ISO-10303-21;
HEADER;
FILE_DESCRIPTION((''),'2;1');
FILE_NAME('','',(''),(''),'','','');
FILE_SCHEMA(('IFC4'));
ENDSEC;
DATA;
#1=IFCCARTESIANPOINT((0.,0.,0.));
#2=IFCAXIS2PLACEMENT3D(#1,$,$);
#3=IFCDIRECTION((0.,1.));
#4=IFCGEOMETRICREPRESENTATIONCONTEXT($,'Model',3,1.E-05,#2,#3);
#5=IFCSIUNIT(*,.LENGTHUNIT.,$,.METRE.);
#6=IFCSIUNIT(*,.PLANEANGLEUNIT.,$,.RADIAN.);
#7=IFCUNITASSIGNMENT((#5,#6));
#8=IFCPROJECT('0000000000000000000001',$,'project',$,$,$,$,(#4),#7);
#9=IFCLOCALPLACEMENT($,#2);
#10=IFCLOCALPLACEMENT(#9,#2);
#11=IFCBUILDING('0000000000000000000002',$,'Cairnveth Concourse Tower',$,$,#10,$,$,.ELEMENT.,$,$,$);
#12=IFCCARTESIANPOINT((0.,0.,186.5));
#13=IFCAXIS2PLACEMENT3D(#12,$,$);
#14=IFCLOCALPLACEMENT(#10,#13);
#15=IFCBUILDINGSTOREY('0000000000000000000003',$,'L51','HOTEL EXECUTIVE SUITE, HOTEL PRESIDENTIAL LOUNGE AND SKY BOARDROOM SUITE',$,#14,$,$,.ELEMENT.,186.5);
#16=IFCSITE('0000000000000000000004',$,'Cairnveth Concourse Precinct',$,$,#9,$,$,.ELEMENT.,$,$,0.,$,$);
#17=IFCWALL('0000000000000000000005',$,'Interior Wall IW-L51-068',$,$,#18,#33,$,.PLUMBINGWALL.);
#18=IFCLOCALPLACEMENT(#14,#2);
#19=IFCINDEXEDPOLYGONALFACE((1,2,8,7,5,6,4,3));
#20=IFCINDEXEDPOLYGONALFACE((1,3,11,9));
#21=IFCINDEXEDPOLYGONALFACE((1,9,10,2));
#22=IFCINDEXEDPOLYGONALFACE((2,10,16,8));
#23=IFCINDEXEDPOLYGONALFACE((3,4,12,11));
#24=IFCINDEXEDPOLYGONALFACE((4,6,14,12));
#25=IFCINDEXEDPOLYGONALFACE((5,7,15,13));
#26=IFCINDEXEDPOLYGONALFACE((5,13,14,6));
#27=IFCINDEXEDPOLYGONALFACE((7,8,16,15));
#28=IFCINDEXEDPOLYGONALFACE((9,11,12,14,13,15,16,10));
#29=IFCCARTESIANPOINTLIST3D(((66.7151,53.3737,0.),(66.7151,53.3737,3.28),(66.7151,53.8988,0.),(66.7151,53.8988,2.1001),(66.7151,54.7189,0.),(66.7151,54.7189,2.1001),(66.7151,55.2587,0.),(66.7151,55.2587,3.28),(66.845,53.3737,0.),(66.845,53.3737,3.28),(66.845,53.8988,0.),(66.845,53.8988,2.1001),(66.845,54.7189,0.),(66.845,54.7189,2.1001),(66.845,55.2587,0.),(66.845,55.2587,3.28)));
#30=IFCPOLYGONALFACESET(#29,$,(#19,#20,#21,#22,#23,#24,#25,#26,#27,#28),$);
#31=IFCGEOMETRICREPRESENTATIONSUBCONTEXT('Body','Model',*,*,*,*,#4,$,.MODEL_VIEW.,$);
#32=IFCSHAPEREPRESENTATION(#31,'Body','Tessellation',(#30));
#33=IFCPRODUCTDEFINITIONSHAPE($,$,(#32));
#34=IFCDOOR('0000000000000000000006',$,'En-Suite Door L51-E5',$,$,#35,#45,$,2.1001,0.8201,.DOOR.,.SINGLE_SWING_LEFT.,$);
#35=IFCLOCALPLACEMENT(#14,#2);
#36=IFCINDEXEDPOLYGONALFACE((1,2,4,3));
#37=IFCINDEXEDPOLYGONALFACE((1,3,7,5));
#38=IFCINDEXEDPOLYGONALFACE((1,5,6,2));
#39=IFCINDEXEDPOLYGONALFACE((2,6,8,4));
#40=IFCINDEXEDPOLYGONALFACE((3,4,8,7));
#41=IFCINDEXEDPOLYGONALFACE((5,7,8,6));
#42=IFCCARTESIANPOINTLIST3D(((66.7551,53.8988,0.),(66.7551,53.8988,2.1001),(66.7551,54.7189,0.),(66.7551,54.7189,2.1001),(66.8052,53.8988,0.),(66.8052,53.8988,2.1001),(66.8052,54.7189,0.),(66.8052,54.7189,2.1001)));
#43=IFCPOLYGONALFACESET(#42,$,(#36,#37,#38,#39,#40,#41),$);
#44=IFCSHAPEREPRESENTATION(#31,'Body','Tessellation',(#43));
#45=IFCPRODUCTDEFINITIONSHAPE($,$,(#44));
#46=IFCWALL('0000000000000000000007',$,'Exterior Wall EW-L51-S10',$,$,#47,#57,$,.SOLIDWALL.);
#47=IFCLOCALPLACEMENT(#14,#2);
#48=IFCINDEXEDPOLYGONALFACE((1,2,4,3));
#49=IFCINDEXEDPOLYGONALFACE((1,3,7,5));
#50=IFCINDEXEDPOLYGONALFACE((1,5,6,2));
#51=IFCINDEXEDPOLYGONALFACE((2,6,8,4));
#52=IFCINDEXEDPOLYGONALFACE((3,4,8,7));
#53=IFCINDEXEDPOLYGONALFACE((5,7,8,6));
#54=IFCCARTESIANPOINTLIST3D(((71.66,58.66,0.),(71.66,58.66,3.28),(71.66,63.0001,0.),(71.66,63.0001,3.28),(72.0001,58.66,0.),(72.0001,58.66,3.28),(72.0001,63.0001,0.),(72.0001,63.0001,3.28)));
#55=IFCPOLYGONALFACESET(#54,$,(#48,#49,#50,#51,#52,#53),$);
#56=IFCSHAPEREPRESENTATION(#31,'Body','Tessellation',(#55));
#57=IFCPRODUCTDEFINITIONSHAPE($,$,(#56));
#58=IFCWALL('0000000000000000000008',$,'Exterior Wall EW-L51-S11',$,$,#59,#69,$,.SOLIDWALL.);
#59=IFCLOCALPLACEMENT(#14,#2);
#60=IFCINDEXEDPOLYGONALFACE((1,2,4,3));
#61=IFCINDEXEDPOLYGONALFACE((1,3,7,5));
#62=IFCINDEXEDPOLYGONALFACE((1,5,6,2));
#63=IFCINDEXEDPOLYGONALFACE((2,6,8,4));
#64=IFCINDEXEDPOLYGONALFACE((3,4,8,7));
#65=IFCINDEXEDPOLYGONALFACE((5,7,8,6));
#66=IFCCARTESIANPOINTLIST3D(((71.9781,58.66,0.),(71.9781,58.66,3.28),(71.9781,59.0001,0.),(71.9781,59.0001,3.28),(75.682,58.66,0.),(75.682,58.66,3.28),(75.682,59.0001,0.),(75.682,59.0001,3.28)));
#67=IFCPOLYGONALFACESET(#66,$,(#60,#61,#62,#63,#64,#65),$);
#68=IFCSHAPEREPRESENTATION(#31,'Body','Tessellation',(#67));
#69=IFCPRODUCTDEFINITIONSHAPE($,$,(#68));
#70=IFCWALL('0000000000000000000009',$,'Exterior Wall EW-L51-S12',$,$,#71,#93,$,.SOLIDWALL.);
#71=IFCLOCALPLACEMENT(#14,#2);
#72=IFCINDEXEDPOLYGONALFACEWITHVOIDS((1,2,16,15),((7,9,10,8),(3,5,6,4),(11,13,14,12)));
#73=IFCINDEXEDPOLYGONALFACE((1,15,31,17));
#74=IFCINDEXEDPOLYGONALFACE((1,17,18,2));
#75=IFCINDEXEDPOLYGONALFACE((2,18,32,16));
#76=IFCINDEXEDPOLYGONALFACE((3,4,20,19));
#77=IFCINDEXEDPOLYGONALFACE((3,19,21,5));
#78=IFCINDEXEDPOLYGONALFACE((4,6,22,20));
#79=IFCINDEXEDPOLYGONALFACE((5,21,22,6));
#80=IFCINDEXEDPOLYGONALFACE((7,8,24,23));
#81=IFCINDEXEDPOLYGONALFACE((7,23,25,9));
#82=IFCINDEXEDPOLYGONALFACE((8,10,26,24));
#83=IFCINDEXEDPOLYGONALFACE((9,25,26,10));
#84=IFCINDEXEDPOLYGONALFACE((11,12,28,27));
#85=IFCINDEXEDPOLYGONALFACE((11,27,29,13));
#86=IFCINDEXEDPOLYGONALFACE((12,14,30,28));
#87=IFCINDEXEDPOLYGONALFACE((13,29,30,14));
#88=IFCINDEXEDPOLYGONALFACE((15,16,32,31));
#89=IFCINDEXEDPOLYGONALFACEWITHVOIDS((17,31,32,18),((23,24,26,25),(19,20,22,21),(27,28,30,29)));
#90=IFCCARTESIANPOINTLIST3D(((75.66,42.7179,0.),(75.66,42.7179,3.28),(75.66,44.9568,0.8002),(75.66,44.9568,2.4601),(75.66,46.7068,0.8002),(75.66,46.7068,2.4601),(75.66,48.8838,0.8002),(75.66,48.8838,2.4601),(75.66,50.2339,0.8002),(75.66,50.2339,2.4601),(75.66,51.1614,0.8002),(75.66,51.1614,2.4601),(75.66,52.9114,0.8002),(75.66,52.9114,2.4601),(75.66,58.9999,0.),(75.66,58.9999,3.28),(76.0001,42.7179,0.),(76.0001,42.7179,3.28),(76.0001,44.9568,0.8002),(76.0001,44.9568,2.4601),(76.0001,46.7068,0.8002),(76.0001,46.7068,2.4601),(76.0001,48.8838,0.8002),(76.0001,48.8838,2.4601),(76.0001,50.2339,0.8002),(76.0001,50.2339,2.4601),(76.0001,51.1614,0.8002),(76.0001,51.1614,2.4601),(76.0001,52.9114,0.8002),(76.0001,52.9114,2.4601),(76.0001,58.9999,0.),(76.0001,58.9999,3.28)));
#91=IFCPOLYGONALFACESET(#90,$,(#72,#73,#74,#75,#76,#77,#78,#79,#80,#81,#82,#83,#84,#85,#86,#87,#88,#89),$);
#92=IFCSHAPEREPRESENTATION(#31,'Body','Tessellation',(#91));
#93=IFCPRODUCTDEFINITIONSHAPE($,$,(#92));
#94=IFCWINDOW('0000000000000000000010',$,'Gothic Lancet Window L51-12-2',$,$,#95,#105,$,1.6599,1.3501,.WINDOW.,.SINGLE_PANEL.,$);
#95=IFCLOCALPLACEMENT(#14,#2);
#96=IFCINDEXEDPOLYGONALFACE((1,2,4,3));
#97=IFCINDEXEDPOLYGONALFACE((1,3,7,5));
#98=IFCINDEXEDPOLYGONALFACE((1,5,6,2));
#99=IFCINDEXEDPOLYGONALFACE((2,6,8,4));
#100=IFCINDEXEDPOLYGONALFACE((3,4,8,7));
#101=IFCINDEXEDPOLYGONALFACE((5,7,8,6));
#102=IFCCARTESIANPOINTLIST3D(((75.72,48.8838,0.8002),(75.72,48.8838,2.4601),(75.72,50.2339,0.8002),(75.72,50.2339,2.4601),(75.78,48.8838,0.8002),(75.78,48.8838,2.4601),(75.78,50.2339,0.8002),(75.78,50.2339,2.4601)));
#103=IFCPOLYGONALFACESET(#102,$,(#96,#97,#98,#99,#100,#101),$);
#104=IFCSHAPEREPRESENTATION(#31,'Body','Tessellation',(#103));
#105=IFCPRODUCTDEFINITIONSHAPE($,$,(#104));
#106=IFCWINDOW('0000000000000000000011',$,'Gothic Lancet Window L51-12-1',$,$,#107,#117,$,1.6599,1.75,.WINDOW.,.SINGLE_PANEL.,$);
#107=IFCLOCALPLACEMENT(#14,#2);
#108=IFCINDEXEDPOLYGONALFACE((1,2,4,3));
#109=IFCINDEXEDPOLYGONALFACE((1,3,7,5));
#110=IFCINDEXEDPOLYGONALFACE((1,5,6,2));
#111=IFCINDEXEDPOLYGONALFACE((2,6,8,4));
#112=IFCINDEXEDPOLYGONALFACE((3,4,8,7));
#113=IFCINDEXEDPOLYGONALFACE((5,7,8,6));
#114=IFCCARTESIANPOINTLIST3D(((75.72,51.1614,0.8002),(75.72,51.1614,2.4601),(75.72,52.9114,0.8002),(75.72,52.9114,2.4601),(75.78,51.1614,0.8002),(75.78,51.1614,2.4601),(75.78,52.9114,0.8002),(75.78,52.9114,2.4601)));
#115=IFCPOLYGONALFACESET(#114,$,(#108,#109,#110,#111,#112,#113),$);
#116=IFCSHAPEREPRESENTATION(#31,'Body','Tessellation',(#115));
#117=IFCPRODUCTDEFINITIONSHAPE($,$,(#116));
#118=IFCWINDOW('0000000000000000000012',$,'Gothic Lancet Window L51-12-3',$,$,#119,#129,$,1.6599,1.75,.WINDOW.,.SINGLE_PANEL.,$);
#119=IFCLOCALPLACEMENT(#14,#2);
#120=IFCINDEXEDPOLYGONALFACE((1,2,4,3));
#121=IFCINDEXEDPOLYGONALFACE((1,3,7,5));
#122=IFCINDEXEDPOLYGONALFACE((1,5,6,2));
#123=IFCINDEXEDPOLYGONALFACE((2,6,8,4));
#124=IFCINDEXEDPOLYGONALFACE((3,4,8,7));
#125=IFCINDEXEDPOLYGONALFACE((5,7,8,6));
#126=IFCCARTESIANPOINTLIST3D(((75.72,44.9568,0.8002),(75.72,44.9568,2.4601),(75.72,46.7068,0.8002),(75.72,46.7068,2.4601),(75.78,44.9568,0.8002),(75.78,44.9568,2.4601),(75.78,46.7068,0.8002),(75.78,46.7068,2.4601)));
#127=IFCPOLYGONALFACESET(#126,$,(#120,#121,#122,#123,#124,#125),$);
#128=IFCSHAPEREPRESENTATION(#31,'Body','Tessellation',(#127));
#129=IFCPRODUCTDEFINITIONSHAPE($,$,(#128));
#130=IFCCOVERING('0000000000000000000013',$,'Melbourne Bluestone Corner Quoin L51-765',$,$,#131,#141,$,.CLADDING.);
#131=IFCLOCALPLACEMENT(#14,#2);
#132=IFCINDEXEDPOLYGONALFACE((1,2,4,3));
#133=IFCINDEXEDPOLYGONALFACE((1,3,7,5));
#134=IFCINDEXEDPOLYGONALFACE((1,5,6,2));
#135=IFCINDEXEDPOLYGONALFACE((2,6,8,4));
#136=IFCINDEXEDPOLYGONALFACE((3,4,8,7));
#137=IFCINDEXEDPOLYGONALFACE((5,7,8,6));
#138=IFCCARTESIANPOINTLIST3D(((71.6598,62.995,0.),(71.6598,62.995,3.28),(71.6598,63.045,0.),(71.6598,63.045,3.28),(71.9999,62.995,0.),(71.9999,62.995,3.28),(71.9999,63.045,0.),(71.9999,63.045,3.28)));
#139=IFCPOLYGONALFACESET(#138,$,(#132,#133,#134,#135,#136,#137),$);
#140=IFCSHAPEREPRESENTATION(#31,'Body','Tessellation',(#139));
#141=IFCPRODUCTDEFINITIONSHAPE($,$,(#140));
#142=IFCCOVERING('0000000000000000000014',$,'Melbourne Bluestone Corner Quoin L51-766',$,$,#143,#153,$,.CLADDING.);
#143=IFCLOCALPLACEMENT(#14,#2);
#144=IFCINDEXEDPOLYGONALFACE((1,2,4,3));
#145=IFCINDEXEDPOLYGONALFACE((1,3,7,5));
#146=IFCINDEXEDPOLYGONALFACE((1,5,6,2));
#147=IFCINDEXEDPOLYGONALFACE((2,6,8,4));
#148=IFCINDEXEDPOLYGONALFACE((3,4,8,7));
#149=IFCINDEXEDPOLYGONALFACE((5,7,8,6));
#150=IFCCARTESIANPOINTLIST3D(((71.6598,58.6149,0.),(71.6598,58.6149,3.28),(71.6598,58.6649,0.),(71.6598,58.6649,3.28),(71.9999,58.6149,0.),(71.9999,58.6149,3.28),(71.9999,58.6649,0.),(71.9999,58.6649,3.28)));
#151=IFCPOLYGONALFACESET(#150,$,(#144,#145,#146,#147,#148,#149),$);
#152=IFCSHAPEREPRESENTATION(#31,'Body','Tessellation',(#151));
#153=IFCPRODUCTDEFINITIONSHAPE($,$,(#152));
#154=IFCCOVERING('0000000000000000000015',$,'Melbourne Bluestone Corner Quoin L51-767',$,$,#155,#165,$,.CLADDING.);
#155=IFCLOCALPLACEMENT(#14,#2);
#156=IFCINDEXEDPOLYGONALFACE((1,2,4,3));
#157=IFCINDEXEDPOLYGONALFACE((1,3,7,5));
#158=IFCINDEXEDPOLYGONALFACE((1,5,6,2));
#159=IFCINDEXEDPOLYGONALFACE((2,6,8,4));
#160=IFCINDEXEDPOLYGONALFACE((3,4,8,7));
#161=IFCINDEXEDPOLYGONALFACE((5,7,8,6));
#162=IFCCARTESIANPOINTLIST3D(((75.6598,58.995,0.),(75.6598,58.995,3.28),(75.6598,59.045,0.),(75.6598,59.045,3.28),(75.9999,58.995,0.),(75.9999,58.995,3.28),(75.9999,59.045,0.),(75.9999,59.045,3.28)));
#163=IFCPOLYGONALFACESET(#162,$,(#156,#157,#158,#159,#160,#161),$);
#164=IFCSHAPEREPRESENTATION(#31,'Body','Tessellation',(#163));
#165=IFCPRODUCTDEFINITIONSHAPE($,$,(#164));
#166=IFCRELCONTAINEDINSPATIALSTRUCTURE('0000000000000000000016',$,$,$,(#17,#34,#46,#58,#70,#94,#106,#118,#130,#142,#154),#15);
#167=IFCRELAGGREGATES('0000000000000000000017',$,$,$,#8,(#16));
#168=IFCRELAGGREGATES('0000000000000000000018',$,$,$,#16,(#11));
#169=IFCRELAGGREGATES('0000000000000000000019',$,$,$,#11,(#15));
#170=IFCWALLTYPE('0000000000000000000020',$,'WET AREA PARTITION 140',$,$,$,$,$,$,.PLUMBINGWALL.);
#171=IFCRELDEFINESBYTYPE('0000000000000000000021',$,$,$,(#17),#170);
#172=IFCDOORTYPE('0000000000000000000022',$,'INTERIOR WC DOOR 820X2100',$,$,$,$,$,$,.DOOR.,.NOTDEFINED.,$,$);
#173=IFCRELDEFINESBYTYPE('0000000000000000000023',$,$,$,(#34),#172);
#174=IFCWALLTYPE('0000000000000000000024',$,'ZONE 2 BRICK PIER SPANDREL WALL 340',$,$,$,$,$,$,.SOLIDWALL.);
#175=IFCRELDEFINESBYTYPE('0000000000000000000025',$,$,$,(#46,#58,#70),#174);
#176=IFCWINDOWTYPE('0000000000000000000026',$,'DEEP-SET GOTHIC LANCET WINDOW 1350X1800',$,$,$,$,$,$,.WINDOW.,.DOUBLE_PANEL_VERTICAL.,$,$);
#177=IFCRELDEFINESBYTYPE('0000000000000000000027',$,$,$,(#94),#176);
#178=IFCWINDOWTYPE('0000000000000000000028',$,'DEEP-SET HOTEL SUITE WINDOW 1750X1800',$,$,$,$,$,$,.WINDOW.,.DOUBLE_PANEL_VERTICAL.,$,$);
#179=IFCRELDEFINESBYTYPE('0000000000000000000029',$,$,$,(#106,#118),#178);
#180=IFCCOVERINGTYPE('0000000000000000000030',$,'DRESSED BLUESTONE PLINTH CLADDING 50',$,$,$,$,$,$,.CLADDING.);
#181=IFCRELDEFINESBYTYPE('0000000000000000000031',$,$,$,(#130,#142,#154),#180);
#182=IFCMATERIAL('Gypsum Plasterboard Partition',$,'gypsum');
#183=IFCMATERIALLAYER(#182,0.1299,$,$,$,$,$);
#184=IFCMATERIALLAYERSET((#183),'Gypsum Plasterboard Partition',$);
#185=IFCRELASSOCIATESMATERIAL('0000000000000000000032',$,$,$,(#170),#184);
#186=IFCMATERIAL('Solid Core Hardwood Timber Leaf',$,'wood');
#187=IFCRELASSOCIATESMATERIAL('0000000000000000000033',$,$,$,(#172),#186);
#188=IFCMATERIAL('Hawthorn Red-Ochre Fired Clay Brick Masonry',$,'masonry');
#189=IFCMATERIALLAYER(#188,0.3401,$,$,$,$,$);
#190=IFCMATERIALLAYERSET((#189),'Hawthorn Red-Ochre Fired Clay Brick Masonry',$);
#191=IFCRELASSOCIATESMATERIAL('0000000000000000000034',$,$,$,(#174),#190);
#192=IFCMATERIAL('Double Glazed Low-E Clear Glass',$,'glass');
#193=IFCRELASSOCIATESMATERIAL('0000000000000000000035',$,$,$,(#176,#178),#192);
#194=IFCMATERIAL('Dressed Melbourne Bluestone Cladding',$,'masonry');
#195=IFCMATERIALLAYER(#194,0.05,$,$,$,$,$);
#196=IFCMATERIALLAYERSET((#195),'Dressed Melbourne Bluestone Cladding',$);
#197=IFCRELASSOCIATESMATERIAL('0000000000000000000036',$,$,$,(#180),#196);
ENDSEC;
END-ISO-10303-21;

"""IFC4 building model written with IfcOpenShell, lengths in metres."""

from ifc_helpers import new_model, si_unit, direction, frame, frame_2d, origin, place, context, subcontext, project, spatial, rectangle, extrude, material, layer, layer_set, type_object, element, fill, save


model = new_model("IFC4")

# Units and contexts
model_context = context("Model", 3, precision=1e-05, world=origin(), true_north=direction((0.0, 1.0)))
body_context = subcontext(model_context, "Body", "Model", "MODEL_VIEW")
ifc_project = project(units=[si_unit("LENGTHUNIT", "METRE"), si_unit("PLANEANGLEUNIT", "RADIAN")], contexts=[model_context])

# Site, building, storey
site_placement = place(None, origin())
site = spatial("IfcSite", under=ifc_project, at=site_placement, Name="Cairnveth Concourse Precinct", CompositionType="ELEMENT", RefElevation=0.0)
building_placement = place(site_placement, origin())
building = spatial("IfcBuilding", under=site, at=building_placement, Name="Cairnveth Concourse Tower", CompositionType="ELEMENT")
storey_placement = place(building_placement, frame((0.0, 0.0, 186.5)))
storey = spatial("IfcBuildingStorey", under=building, at=storey_placement, Name="L51", Description="HOTEL EXECUTIVE SUITE, HOTEL PRESIDENTIAL LOUNGE AND SKY BOARDROOM SUITE", CompositionType="ELEMENT", Elevation=186.5)

# Shared definitions
ifc_material_1 = material(Name="Gypsum Plasterboard Partition", Category="gypsum")
ifc_material_2 = material(Name="Solid Core Hardwood Timber Leaf", Category="wood")

# Shared definitions
ifc_layer_1 = layer(ifc_material_1, 0.1299)
ifc_layer_set_1 = layer_set([ifc_layer_1], Name="Gypsum Plasterboard Partition")
wall_type_1 = type_object("IfcWallType", Name="WET AREA PARTITION 140", PredefinedType="PLUMBINGWALL", material=ifc_layer_set_1)

# Wall, opening, door
wall_1_placement = place(storey_placement, frame((66.78, 53.3738, 0.0), z_axis=(0.0, 0.0, 1.0), x_axis=(0.0, 1.0, 0.0)))
wall_1 = element("IfcWall", 1, at=wall_1_placement, inside=storey, type_object=wall_type_1, Name="Interior Wall IW-L51-068", PredefinedType="PLUMBINGWALL", context=body_context, shape_type="SweptSolid", body=[
    extrude(rectangle(XDim=1.885, YDim=0.1299, at=frame_2d((0.9424, 0.0))), origin(), (0.0, 0.0, 1.0), 3.28),
])
opening_1_placement = place(wall_1_placement, frame((0.5249, 0.0, 0.0)))
opening_1 = element("IfcOpeningElement", 2, at=opening_1_placement, cuts=wall_1, PredefinedType="OPENING", context=body_context, shape_type="SweptSolid", body=[
    extrude(rectangle(XDim=0.8201, YDim=2.1001, at=frame_2d((0.4102, 1.05))), frame((0.0, 0.075, 0.0), z_axis=(0.0, -1.0, 0.0), x_axis=(1.0, 0.0, 0.0)), (0.0, 0.0, 1.0), 0.1499),
])
door_type_1 = type_object("IfcDoorType", Name="INTERIOR WC DOOR 820X2100", OperationType="NOTDEFINED", PredefinedType="DOOR", material=ifc_material_2)
door_1_placement = place(opening_1_placement, origin())
door_1 = element("IfcDoor", 3, at=door_1_placement, inside=storey, type_object=door_type_1, Name="En-Suite Door L51-E5", OperationType="SINGLE_SWING_LEFT", OverallHeight=2.1001, OverallWidth=0.8201, PredefinedType="DOOR", context=body_context, shape_type="SweptSolid", body=[
    extrude(rectangle(XDim=0.8201, YDim=2.1001, at=frame_2d((0.4102, 1.05))), frame((0.0, 0.0249, 0.0), z_axis=(0.0, -1.0, 0.0), x_axis=(1.0, 0.0, 0.0)), (0.0, 0.0, 1.0), 0.05),
])
fill(opening_1, door_1)

# Walls
ifc_material_3 = material(Name="Hawthorn Red-Ochre Fired Clay Brick Masonry", Category="masonry")
ifc_layer_2 = layer(ifc_material_3, 0.3401)
ifc_layer_set_2 = layer_set([ifc_layer_2], Name="Hawthorn Red-Ochre Fired Clay Brick Masonry")
wall_type_2 = type_object("IfcWallType", Name="ZONE 2 BRICK PIER SPANDREL WALL 340", PredefinedType="SOLIDWALL", material=ifc_layer_set_2)
wall_2_placement = place(storey_placement, frame((71.8301, 63.0, 0.0), z_axis=(0.0, 0.0, 1.0), x_axis=(0.0, -1.0, 0.0)))
element("IfcWall", 4, at=wall_2_placement, inside=storey, type_object=wall_type_2, Name="Exterior Wall EW-L51-S10", PredefinedType="SOLIDWALL", context=body_context, shape_type="SweptSolid", body=[
    extrude(rectangle(XDim=4.3401, YDim=0.3401, at=frame_2d((2.1699, 0.0))), origin(), (0.0, 0.0, 1.0), 3.28),
])
wall_3_placement = place(storey_placement, frame((71.978, 58.8301, 0.0), z_axis=(0.0, 0.0, 1.0), x_axis=(1.0, 0.0, 0.0)))
element("IfcWall", 5, at=wall_3_placement, inside=storey, type_object=wall_type_2, Name="Exterior Wall EW-L51-S11", PredefinedType="SOLIDWALL", context=body_context, shape_type="SweptSolid", body=[
    extrude(rectangle(XDim=3.7039, YDim=0.3401, at=frame_2d((1.8521, 0.0))), origin(), (0.0, 0.0, 1.0), 3.28),
])

# Wall, openings, windows
wall_4_placement = place(storey_placement, frame((75.8301, 59.0, 0.0), z_axis=(0.0, 0.0, 1.0), x_axis=(0.0, -1.0, 0.0)))
wall_4 = element("IfcWall", 6, at=wall_4_placement, inside=storey, type_object=wall_type_2, Name="Exterior Wall EW-L51-S12", PredefinedType="SOLIDWALL", context=body_context, shape_type="SweptSolid", body=[
    extrude(rectangle(XDim=16.282, YDim=0.3401, at=frame_2d((8.1411, 0.0))), origin(), (0.0, 0.0, 1.0), 3.28),
])
opening_2_placement = place(wall_4_placement, frame((6.0886, 0.0, 0.8)))
opening_2 = element("IfcOpeningElement", 7, at=opening_2_placement, cuts=wall_4, PredefinedType="OPENING", context=body_context, shape_type="SweptSolid", body=[
    extrude(rectangle(XDim=1.75, YDim=1.6599, at=frame_2d((0.875, 0.8301))), frame((0.0, 0.1799, 0.0), z_axis=(0.0, -1.0, 0.0), x_axis=(1.0, 0.0, 0.0)), (0.0, 0.0, 1.0), 0.3601),
])
opening_3_placement = place(wall_4_placement, frame((8.7661, 0.0, 0.8)))
opening_3 = element("IfcOpeningElement", 8, at=opening_3_placement, cuts=wall_4, PredefinedType="OPENING", context=body_context, shape_type="SweptSolid", body=[
    extrude(rectangle(XDim=1.3501, YDim=1.6599, at=frame_2d((0.675, 0.8301))), frame((0.0, 0.1799, 0.0), z_axis=(0.0, -1.0, 0.0), x_axis=(1.0, 0.0, 0.0)), (0.0, 0.0, 1.0), 0.3601),
])
opening_4_placement = place(wall_4_placement, frame((12.2932, 0.0, 0.8)))
opening_4 = element("IfcOpeningElement", 9, at=opening_4_placement, cuts=wall_4, PredefinedType="OPENING", context=body_context, shape_type="SweptSolid", body=[
    extrude(rectangle(XDim=1.75, YDim=1.6599, at=frame_2d((0.875, 0.8301))), frame((0.0, 0.1799, 0.0), z_axis=(0.0, -1.0, 0.0), x_axis=(1.0, 0.0, 0.0)), (0.0, 0.0, 1.0), 0.3601),
])
ifc_material_4 = material(Name="Double Glazed Low-E Clear Glass", Category="glass")
window_type_1 = type_object("IfcWindowType", Name="DEEP-SET GOTHIC LANCET WINDOW 1350X1800", PartitioningType="DOUBLE_PANEL_VERTICAL", PredefinedType="WINDOW", material=ifc_material_4)
window_1_placement = place(opening_3_placement, origin())
window_1 = element("IfcWindow", 10, at=window_1_placement, inside=storey, type_object=window_type_1, Name="Gothic Lancet Window L51-12-2", OverallHeight=1.6599, OverallWidth=1.3501, PartitioningType="SINGLE_PANEL", PredefinedType="WINDOW", context=body_context, shape_type="SweptSolid", body=[
    extrude(rectangle(XDim=1.3501, YDim=1.6599, at=frame_2d((0.675, 0.8301))), frame((0.0, -0.05, 0.0), z_axis=(0.0, -1.0, 0.0), x_axis=(1.0, 0.0, 0.0)), (0.0, 0.0, 1.0), 0.0601),
])
fill(opening_3, window_1)
window_type_2 = type_object("IfcWindowType", Name="DEEP-SET HOTEL SUITE WINDOW 1750X1800", PartitioningType="DOUBLE_PANEL_VERTICAL", PredefinedType="WINDOW", material=ifc_material_4)
window_2_placement = place(opening_2_placement, origin())
window_2 = element("IfcWindow", 11, at=window_2_placement, inside=storey, type_object=window_type_2, Name="Gothic Lancet Window L51-12-1", OverallHeight=1.6599, OverallWidth=1.75, PartitioningType="SINGLE_PANEL", PredefinedType="WINDOW", context=body_context, shape_type="SweptSolid", body=[
    extrude(rectangle(XDim=1.75, YDim=1.6599, at=frame_2d((0.875, 0.8301))), frame((0.0, -0.05, 0.0), z_axis=(0.0, -1.0, 0.0), x_axis=(1.0, 0.0, 0.0)), (0.0, 0.0, 1.0), 0.0601),
])
fill(opening_2, window_2)
window_3_placement = place(opening_4_placement, origin())
window_3 = element("IfcWindow", 12, at=window_3_placement, inside=storey, type_object=window_type_2, Name="Gothic Lancet Window L51-12-3", OverallHeight=1.6599, OverallWidth=1.75, PartitioningType="SINGLE_PANEL", PredefinedType="WINDOW", context=body_context, shape_type="SweptSolid", body=[
    extrude(rectangle(XDim=1.75, YDim=1.6599, at=frame_2d((0.875, 0.8301))), frame((0.0, -0.05, 0.0), z_axis=(0.0, -1.0, 0.0), x_axis=(1.0, 0.0, 0.0)), (0.0, 0.0, 1.0), 0.0601),
])
fill(opening_4, window_3)

# Coverings
ifc_material_5 = material(Name="Dressed Melbourne Bluestone Cladding", Category="masonry")
ifc_layer_3 = layer(ifc_material_5, 0.05)
ifc_layer_set_3 = layer_set([ifc_layer_3], Name="Dressed Melbourne Bluestone Cladding")
covering_type = type_object("IfcCoveringType", Name="DRESSED BLUESTONE PLINTH CLADDING 50", PredefinedType="CLADDING", material=ifc_layer_set_3)
for number, where, z_axis, x_axis, name in (
    (13, (71.6599, 63.02, 0.0), (0.0, 0.0, 1.0), (1.0, 0.0, 0.0), "Melbourne Bluestone Corner Quoin L51-765"),
    (14, (71.6599, 58.6399, 0.0), (0.0, 0.0, 1.0), (1.0, 0.0, 0.0), "Melbourne Bluestone Corner Quoin L51-766"),
    (15, (75.6599, 59.02, 0.0), (0.0, 0.0, 1.0), (1.0, 0.0, 0.0), "Melbourne Bluestone Corner Quoin L51-767"),
):
    element("IfcCovering", number, at=place(storey_placement, frame(where, z_axis=z_axis, x_axis=x_axis)), inside=storey, type_object=covering_type, Name=name, PredefinedType="CLADDING", context=body_context, shape_type="SweptSolid", body=[
        extrude(rectangle(XDim=0.3401, YDim=0.05, at=frame_2d((0.1699, 0.0))), origin(), (0.0, 0.0, 1.0), 3.28),
    ])

save(model, "model.ifc")
